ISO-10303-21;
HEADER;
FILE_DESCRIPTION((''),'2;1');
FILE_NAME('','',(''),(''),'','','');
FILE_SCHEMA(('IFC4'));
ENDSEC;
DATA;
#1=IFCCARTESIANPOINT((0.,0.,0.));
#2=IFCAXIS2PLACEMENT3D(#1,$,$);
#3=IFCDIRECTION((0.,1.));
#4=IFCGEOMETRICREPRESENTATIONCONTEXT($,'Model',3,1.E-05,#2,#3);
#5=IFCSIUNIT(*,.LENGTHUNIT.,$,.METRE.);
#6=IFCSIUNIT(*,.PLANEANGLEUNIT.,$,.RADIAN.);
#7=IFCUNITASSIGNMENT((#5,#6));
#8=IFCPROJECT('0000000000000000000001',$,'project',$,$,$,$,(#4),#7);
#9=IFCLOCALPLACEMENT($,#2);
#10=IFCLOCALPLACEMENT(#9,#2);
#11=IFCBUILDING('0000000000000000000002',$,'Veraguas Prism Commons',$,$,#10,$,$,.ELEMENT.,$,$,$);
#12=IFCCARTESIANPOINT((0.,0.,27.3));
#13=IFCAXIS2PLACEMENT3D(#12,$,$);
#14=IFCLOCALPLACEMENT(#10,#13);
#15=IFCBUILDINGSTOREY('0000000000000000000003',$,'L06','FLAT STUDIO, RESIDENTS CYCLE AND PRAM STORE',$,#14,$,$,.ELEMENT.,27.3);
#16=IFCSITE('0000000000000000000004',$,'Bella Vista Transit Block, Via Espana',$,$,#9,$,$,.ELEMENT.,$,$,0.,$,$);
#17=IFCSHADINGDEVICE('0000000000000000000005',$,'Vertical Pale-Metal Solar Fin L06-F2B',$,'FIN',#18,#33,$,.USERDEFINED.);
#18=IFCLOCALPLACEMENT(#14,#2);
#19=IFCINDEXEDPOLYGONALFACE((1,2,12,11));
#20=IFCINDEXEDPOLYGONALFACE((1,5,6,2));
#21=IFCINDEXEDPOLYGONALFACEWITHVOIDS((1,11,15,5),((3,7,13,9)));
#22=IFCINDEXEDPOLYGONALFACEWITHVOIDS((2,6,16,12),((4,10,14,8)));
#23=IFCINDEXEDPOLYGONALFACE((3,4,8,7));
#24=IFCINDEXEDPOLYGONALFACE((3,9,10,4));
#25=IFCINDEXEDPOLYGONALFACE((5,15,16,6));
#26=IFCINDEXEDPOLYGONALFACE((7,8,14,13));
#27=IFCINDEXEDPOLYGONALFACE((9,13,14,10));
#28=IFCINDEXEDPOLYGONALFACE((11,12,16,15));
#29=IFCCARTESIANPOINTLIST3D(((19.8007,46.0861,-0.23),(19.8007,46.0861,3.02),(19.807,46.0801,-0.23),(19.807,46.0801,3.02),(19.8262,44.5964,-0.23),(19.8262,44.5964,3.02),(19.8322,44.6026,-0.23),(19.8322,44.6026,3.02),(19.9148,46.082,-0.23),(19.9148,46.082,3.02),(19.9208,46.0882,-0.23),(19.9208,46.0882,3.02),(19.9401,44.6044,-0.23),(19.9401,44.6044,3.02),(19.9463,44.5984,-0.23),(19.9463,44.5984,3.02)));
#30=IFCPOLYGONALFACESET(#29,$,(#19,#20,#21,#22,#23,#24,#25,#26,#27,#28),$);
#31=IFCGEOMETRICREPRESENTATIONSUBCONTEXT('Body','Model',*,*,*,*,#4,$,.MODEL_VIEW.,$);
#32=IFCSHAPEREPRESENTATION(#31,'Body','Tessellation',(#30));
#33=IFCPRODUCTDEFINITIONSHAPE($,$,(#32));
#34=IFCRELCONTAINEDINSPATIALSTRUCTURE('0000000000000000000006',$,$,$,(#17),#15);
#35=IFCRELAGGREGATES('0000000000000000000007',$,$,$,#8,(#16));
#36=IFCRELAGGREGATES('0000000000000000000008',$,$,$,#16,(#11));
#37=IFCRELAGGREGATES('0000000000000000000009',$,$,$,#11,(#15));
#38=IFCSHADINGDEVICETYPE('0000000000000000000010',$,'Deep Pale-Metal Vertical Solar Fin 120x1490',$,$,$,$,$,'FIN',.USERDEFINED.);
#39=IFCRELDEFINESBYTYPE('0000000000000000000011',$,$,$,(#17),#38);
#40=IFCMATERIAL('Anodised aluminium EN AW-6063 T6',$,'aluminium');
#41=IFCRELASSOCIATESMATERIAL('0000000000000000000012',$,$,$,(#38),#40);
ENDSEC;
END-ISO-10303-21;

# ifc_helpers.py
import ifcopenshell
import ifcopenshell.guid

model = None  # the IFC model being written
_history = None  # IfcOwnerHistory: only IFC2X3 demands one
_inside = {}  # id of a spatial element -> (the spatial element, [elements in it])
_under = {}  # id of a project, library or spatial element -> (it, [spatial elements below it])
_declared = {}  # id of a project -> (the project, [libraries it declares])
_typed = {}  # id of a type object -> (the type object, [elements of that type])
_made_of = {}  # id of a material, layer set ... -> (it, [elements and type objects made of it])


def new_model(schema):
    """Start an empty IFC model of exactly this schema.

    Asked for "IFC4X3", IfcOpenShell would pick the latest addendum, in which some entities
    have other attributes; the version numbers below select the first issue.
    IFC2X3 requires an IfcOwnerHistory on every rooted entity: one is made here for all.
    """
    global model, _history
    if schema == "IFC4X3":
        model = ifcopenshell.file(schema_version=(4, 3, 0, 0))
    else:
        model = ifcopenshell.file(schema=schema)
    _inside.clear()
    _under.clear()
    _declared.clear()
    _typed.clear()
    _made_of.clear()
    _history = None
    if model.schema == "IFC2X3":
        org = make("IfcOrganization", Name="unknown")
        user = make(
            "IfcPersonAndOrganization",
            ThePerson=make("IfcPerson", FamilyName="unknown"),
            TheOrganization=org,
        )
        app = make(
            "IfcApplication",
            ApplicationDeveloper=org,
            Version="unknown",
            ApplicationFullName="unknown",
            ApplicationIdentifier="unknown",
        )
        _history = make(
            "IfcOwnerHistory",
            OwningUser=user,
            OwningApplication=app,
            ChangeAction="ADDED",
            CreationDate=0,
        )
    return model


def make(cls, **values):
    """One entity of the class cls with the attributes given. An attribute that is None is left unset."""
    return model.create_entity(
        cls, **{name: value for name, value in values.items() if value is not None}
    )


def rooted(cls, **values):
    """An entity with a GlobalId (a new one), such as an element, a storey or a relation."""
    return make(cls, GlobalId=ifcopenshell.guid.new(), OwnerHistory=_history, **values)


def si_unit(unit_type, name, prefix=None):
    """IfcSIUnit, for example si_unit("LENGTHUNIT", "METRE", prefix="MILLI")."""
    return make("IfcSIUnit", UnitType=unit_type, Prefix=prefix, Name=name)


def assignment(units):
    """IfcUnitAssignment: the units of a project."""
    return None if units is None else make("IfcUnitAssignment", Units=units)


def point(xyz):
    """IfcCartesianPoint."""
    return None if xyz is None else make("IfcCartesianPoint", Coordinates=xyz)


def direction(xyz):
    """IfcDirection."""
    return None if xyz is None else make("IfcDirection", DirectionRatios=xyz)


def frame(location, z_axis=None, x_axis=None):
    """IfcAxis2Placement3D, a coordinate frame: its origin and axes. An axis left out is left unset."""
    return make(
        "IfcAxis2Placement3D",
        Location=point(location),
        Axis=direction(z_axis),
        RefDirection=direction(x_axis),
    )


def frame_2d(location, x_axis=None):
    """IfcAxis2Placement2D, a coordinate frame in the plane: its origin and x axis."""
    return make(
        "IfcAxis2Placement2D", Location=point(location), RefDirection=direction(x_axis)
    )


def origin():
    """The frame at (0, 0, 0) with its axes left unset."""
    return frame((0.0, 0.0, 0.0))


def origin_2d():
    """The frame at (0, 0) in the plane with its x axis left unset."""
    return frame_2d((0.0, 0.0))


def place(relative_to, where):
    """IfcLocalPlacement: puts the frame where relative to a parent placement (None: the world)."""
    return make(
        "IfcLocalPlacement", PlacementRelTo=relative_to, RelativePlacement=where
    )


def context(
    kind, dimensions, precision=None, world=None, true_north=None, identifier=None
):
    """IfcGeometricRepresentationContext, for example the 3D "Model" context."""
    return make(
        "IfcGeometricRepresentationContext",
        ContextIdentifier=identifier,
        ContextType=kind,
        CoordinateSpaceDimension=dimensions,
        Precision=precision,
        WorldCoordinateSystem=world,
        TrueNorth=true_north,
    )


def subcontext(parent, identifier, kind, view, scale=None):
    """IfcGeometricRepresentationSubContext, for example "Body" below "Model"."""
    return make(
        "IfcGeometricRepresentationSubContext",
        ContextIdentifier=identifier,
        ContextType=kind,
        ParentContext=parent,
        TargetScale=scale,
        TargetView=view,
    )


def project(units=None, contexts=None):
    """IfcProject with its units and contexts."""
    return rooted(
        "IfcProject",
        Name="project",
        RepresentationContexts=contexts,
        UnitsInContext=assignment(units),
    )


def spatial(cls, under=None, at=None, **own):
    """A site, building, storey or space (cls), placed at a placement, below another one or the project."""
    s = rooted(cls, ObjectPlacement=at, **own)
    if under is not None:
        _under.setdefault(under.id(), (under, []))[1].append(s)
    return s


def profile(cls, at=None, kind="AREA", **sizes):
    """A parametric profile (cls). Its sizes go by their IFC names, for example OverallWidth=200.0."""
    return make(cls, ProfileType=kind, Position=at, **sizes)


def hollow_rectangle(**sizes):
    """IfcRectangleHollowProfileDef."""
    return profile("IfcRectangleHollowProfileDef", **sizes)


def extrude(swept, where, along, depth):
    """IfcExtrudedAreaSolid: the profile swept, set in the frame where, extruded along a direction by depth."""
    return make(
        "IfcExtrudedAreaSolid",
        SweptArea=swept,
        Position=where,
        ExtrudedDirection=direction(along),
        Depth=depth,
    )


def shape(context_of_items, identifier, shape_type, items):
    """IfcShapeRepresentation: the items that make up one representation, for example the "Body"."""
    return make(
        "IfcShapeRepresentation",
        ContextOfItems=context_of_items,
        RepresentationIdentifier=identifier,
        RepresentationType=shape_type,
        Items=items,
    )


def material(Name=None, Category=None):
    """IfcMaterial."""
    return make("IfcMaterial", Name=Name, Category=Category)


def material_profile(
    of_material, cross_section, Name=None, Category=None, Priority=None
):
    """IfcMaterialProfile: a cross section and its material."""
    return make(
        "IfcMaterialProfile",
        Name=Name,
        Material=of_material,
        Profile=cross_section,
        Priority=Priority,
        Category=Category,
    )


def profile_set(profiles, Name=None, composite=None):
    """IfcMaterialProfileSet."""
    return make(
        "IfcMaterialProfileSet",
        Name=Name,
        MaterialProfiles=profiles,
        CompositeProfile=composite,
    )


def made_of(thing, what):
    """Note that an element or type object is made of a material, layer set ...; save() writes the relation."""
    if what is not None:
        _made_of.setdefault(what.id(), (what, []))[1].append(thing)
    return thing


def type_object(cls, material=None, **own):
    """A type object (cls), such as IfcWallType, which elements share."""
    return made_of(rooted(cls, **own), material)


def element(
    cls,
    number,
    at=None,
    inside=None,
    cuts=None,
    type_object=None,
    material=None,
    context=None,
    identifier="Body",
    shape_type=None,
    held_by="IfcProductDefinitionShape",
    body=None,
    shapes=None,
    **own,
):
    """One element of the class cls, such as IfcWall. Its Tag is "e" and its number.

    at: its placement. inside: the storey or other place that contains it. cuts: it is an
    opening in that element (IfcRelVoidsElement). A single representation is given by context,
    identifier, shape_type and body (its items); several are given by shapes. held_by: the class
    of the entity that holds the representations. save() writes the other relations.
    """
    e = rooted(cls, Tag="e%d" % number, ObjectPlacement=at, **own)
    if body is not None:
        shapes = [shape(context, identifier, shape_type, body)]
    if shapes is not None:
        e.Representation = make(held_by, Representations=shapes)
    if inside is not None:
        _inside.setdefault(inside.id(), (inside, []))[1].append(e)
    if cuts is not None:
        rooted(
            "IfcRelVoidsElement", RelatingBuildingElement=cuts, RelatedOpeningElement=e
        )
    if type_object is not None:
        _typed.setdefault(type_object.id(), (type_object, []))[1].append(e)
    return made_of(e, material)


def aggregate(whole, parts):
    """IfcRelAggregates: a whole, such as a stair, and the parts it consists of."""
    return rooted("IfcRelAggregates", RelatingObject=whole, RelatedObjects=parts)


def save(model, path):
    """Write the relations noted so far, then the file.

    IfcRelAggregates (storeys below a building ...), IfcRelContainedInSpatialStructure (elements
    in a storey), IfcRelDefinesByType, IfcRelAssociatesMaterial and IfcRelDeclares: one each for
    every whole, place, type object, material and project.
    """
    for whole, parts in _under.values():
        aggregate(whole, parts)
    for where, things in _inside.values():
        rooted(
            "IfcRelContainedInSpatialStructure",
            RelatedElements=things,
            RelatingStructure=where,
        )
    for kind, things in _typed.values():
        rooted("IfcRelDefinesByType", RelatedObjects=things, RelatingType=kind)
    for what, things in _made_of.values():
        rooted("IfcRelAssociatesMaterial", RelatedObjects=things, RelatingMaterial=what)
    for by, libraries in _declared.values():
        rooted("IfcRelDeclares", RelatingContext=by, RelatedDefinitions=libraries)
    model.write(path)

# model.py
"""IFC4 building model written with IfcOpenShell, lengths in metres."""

from ifc_helpers import new_model, si_unit, direction, frame, origin, origin_2d, place, context, subcontext, project, spatial, hollow_rectangle, extrude, material, material_profile, profile_set, type_object, element, save


model = new_model("IFC4")

# Units and contexts
model_context = context("Model", 3, precision=1e-05, world=origin(), true_north=direction((0.0, 1.0)))
body_context = subcontext(model_context, "Body", "Model", "MODEL_VIEW")
ifc_project = project(units=[si_unit("LENGTHUNIT", "METRE"), si_unit("PLANEANGLEUNIT", "RADIAN")], contexts=[model_context])

# Site, building, storey
site_placement = place(None, origin())
site = spatial("IfcSite", under=ifc_project, at=site_placement, Name="Bella Vista Transit Block, Via Espana", CompositionType="ELEMENT", RefElevation=0.0)
building_placement = place(site_placement, origin())
building = spatial("IfcBuilding", under=site, at=building_placement, Name="Veraguas Prism Commons", CompositionType="ELEMENT")
storey_placement = place(building_placement, frame((0.0, 0.0, 27.3)))
storey = spatial("IfcBuildingStorey", under=building, at=storey_placement, Name="L06", Description="FLAT STUDIO, RESIDENTS CYCLE AND PRAM STORE", CompositionType="ELEMENT", Elevation=27.3)

# Shared definitions
ifc_material_1 = material(Name="Anodised aluminium EN AW-6063 T6", Category="aluminium")

# Shading device
ifc_material_profile_1 = material_profile(ifc_material_1, hollow_rectangle(XDim=0.1201, YDim=1.49, WallThickness=0.0061, at=origin_2d()), Name="FIN120X1490X6")
ifc_profile_set_1 = profile_set([ifc_material_profile_1], Name="Anodised aluminium EN AW-6063 T6")
shading_device_type = type_object("IfcShadingDeviceType", Name="Deep Pale-Metal Vertical Solar Fin 120x1490", ElementType="FIN", PredefinedType="USERDEFINED", material=ifc_profile_set_1)
shading_device_placement = place(storey_placement, frame((19.8735, 45.3423, -0.23), z_axis=(0.0, 0.0, 1.0), x_axis=(-0.999854, -0.017103, 0.0)))
element("IfcShadingDevice", 1, at=shading_device_placement, inside=storey, type_object=shading_device_type, Name="Vertical Pale-Metal Solar Fin L06-F2B", ObjectType="FIN", PredefinedType="USERDEFINED", context=body_context, shape_type="SweptSolid", body=[
    extrude(hollow_rectangle(XDim=0.1201, YDim=1.49, WallThickness=0.0061, at=origin_2d()), origin(), (0.0, 0.0, 1.0), 3.25),
])

save(model, "model.ifc")
